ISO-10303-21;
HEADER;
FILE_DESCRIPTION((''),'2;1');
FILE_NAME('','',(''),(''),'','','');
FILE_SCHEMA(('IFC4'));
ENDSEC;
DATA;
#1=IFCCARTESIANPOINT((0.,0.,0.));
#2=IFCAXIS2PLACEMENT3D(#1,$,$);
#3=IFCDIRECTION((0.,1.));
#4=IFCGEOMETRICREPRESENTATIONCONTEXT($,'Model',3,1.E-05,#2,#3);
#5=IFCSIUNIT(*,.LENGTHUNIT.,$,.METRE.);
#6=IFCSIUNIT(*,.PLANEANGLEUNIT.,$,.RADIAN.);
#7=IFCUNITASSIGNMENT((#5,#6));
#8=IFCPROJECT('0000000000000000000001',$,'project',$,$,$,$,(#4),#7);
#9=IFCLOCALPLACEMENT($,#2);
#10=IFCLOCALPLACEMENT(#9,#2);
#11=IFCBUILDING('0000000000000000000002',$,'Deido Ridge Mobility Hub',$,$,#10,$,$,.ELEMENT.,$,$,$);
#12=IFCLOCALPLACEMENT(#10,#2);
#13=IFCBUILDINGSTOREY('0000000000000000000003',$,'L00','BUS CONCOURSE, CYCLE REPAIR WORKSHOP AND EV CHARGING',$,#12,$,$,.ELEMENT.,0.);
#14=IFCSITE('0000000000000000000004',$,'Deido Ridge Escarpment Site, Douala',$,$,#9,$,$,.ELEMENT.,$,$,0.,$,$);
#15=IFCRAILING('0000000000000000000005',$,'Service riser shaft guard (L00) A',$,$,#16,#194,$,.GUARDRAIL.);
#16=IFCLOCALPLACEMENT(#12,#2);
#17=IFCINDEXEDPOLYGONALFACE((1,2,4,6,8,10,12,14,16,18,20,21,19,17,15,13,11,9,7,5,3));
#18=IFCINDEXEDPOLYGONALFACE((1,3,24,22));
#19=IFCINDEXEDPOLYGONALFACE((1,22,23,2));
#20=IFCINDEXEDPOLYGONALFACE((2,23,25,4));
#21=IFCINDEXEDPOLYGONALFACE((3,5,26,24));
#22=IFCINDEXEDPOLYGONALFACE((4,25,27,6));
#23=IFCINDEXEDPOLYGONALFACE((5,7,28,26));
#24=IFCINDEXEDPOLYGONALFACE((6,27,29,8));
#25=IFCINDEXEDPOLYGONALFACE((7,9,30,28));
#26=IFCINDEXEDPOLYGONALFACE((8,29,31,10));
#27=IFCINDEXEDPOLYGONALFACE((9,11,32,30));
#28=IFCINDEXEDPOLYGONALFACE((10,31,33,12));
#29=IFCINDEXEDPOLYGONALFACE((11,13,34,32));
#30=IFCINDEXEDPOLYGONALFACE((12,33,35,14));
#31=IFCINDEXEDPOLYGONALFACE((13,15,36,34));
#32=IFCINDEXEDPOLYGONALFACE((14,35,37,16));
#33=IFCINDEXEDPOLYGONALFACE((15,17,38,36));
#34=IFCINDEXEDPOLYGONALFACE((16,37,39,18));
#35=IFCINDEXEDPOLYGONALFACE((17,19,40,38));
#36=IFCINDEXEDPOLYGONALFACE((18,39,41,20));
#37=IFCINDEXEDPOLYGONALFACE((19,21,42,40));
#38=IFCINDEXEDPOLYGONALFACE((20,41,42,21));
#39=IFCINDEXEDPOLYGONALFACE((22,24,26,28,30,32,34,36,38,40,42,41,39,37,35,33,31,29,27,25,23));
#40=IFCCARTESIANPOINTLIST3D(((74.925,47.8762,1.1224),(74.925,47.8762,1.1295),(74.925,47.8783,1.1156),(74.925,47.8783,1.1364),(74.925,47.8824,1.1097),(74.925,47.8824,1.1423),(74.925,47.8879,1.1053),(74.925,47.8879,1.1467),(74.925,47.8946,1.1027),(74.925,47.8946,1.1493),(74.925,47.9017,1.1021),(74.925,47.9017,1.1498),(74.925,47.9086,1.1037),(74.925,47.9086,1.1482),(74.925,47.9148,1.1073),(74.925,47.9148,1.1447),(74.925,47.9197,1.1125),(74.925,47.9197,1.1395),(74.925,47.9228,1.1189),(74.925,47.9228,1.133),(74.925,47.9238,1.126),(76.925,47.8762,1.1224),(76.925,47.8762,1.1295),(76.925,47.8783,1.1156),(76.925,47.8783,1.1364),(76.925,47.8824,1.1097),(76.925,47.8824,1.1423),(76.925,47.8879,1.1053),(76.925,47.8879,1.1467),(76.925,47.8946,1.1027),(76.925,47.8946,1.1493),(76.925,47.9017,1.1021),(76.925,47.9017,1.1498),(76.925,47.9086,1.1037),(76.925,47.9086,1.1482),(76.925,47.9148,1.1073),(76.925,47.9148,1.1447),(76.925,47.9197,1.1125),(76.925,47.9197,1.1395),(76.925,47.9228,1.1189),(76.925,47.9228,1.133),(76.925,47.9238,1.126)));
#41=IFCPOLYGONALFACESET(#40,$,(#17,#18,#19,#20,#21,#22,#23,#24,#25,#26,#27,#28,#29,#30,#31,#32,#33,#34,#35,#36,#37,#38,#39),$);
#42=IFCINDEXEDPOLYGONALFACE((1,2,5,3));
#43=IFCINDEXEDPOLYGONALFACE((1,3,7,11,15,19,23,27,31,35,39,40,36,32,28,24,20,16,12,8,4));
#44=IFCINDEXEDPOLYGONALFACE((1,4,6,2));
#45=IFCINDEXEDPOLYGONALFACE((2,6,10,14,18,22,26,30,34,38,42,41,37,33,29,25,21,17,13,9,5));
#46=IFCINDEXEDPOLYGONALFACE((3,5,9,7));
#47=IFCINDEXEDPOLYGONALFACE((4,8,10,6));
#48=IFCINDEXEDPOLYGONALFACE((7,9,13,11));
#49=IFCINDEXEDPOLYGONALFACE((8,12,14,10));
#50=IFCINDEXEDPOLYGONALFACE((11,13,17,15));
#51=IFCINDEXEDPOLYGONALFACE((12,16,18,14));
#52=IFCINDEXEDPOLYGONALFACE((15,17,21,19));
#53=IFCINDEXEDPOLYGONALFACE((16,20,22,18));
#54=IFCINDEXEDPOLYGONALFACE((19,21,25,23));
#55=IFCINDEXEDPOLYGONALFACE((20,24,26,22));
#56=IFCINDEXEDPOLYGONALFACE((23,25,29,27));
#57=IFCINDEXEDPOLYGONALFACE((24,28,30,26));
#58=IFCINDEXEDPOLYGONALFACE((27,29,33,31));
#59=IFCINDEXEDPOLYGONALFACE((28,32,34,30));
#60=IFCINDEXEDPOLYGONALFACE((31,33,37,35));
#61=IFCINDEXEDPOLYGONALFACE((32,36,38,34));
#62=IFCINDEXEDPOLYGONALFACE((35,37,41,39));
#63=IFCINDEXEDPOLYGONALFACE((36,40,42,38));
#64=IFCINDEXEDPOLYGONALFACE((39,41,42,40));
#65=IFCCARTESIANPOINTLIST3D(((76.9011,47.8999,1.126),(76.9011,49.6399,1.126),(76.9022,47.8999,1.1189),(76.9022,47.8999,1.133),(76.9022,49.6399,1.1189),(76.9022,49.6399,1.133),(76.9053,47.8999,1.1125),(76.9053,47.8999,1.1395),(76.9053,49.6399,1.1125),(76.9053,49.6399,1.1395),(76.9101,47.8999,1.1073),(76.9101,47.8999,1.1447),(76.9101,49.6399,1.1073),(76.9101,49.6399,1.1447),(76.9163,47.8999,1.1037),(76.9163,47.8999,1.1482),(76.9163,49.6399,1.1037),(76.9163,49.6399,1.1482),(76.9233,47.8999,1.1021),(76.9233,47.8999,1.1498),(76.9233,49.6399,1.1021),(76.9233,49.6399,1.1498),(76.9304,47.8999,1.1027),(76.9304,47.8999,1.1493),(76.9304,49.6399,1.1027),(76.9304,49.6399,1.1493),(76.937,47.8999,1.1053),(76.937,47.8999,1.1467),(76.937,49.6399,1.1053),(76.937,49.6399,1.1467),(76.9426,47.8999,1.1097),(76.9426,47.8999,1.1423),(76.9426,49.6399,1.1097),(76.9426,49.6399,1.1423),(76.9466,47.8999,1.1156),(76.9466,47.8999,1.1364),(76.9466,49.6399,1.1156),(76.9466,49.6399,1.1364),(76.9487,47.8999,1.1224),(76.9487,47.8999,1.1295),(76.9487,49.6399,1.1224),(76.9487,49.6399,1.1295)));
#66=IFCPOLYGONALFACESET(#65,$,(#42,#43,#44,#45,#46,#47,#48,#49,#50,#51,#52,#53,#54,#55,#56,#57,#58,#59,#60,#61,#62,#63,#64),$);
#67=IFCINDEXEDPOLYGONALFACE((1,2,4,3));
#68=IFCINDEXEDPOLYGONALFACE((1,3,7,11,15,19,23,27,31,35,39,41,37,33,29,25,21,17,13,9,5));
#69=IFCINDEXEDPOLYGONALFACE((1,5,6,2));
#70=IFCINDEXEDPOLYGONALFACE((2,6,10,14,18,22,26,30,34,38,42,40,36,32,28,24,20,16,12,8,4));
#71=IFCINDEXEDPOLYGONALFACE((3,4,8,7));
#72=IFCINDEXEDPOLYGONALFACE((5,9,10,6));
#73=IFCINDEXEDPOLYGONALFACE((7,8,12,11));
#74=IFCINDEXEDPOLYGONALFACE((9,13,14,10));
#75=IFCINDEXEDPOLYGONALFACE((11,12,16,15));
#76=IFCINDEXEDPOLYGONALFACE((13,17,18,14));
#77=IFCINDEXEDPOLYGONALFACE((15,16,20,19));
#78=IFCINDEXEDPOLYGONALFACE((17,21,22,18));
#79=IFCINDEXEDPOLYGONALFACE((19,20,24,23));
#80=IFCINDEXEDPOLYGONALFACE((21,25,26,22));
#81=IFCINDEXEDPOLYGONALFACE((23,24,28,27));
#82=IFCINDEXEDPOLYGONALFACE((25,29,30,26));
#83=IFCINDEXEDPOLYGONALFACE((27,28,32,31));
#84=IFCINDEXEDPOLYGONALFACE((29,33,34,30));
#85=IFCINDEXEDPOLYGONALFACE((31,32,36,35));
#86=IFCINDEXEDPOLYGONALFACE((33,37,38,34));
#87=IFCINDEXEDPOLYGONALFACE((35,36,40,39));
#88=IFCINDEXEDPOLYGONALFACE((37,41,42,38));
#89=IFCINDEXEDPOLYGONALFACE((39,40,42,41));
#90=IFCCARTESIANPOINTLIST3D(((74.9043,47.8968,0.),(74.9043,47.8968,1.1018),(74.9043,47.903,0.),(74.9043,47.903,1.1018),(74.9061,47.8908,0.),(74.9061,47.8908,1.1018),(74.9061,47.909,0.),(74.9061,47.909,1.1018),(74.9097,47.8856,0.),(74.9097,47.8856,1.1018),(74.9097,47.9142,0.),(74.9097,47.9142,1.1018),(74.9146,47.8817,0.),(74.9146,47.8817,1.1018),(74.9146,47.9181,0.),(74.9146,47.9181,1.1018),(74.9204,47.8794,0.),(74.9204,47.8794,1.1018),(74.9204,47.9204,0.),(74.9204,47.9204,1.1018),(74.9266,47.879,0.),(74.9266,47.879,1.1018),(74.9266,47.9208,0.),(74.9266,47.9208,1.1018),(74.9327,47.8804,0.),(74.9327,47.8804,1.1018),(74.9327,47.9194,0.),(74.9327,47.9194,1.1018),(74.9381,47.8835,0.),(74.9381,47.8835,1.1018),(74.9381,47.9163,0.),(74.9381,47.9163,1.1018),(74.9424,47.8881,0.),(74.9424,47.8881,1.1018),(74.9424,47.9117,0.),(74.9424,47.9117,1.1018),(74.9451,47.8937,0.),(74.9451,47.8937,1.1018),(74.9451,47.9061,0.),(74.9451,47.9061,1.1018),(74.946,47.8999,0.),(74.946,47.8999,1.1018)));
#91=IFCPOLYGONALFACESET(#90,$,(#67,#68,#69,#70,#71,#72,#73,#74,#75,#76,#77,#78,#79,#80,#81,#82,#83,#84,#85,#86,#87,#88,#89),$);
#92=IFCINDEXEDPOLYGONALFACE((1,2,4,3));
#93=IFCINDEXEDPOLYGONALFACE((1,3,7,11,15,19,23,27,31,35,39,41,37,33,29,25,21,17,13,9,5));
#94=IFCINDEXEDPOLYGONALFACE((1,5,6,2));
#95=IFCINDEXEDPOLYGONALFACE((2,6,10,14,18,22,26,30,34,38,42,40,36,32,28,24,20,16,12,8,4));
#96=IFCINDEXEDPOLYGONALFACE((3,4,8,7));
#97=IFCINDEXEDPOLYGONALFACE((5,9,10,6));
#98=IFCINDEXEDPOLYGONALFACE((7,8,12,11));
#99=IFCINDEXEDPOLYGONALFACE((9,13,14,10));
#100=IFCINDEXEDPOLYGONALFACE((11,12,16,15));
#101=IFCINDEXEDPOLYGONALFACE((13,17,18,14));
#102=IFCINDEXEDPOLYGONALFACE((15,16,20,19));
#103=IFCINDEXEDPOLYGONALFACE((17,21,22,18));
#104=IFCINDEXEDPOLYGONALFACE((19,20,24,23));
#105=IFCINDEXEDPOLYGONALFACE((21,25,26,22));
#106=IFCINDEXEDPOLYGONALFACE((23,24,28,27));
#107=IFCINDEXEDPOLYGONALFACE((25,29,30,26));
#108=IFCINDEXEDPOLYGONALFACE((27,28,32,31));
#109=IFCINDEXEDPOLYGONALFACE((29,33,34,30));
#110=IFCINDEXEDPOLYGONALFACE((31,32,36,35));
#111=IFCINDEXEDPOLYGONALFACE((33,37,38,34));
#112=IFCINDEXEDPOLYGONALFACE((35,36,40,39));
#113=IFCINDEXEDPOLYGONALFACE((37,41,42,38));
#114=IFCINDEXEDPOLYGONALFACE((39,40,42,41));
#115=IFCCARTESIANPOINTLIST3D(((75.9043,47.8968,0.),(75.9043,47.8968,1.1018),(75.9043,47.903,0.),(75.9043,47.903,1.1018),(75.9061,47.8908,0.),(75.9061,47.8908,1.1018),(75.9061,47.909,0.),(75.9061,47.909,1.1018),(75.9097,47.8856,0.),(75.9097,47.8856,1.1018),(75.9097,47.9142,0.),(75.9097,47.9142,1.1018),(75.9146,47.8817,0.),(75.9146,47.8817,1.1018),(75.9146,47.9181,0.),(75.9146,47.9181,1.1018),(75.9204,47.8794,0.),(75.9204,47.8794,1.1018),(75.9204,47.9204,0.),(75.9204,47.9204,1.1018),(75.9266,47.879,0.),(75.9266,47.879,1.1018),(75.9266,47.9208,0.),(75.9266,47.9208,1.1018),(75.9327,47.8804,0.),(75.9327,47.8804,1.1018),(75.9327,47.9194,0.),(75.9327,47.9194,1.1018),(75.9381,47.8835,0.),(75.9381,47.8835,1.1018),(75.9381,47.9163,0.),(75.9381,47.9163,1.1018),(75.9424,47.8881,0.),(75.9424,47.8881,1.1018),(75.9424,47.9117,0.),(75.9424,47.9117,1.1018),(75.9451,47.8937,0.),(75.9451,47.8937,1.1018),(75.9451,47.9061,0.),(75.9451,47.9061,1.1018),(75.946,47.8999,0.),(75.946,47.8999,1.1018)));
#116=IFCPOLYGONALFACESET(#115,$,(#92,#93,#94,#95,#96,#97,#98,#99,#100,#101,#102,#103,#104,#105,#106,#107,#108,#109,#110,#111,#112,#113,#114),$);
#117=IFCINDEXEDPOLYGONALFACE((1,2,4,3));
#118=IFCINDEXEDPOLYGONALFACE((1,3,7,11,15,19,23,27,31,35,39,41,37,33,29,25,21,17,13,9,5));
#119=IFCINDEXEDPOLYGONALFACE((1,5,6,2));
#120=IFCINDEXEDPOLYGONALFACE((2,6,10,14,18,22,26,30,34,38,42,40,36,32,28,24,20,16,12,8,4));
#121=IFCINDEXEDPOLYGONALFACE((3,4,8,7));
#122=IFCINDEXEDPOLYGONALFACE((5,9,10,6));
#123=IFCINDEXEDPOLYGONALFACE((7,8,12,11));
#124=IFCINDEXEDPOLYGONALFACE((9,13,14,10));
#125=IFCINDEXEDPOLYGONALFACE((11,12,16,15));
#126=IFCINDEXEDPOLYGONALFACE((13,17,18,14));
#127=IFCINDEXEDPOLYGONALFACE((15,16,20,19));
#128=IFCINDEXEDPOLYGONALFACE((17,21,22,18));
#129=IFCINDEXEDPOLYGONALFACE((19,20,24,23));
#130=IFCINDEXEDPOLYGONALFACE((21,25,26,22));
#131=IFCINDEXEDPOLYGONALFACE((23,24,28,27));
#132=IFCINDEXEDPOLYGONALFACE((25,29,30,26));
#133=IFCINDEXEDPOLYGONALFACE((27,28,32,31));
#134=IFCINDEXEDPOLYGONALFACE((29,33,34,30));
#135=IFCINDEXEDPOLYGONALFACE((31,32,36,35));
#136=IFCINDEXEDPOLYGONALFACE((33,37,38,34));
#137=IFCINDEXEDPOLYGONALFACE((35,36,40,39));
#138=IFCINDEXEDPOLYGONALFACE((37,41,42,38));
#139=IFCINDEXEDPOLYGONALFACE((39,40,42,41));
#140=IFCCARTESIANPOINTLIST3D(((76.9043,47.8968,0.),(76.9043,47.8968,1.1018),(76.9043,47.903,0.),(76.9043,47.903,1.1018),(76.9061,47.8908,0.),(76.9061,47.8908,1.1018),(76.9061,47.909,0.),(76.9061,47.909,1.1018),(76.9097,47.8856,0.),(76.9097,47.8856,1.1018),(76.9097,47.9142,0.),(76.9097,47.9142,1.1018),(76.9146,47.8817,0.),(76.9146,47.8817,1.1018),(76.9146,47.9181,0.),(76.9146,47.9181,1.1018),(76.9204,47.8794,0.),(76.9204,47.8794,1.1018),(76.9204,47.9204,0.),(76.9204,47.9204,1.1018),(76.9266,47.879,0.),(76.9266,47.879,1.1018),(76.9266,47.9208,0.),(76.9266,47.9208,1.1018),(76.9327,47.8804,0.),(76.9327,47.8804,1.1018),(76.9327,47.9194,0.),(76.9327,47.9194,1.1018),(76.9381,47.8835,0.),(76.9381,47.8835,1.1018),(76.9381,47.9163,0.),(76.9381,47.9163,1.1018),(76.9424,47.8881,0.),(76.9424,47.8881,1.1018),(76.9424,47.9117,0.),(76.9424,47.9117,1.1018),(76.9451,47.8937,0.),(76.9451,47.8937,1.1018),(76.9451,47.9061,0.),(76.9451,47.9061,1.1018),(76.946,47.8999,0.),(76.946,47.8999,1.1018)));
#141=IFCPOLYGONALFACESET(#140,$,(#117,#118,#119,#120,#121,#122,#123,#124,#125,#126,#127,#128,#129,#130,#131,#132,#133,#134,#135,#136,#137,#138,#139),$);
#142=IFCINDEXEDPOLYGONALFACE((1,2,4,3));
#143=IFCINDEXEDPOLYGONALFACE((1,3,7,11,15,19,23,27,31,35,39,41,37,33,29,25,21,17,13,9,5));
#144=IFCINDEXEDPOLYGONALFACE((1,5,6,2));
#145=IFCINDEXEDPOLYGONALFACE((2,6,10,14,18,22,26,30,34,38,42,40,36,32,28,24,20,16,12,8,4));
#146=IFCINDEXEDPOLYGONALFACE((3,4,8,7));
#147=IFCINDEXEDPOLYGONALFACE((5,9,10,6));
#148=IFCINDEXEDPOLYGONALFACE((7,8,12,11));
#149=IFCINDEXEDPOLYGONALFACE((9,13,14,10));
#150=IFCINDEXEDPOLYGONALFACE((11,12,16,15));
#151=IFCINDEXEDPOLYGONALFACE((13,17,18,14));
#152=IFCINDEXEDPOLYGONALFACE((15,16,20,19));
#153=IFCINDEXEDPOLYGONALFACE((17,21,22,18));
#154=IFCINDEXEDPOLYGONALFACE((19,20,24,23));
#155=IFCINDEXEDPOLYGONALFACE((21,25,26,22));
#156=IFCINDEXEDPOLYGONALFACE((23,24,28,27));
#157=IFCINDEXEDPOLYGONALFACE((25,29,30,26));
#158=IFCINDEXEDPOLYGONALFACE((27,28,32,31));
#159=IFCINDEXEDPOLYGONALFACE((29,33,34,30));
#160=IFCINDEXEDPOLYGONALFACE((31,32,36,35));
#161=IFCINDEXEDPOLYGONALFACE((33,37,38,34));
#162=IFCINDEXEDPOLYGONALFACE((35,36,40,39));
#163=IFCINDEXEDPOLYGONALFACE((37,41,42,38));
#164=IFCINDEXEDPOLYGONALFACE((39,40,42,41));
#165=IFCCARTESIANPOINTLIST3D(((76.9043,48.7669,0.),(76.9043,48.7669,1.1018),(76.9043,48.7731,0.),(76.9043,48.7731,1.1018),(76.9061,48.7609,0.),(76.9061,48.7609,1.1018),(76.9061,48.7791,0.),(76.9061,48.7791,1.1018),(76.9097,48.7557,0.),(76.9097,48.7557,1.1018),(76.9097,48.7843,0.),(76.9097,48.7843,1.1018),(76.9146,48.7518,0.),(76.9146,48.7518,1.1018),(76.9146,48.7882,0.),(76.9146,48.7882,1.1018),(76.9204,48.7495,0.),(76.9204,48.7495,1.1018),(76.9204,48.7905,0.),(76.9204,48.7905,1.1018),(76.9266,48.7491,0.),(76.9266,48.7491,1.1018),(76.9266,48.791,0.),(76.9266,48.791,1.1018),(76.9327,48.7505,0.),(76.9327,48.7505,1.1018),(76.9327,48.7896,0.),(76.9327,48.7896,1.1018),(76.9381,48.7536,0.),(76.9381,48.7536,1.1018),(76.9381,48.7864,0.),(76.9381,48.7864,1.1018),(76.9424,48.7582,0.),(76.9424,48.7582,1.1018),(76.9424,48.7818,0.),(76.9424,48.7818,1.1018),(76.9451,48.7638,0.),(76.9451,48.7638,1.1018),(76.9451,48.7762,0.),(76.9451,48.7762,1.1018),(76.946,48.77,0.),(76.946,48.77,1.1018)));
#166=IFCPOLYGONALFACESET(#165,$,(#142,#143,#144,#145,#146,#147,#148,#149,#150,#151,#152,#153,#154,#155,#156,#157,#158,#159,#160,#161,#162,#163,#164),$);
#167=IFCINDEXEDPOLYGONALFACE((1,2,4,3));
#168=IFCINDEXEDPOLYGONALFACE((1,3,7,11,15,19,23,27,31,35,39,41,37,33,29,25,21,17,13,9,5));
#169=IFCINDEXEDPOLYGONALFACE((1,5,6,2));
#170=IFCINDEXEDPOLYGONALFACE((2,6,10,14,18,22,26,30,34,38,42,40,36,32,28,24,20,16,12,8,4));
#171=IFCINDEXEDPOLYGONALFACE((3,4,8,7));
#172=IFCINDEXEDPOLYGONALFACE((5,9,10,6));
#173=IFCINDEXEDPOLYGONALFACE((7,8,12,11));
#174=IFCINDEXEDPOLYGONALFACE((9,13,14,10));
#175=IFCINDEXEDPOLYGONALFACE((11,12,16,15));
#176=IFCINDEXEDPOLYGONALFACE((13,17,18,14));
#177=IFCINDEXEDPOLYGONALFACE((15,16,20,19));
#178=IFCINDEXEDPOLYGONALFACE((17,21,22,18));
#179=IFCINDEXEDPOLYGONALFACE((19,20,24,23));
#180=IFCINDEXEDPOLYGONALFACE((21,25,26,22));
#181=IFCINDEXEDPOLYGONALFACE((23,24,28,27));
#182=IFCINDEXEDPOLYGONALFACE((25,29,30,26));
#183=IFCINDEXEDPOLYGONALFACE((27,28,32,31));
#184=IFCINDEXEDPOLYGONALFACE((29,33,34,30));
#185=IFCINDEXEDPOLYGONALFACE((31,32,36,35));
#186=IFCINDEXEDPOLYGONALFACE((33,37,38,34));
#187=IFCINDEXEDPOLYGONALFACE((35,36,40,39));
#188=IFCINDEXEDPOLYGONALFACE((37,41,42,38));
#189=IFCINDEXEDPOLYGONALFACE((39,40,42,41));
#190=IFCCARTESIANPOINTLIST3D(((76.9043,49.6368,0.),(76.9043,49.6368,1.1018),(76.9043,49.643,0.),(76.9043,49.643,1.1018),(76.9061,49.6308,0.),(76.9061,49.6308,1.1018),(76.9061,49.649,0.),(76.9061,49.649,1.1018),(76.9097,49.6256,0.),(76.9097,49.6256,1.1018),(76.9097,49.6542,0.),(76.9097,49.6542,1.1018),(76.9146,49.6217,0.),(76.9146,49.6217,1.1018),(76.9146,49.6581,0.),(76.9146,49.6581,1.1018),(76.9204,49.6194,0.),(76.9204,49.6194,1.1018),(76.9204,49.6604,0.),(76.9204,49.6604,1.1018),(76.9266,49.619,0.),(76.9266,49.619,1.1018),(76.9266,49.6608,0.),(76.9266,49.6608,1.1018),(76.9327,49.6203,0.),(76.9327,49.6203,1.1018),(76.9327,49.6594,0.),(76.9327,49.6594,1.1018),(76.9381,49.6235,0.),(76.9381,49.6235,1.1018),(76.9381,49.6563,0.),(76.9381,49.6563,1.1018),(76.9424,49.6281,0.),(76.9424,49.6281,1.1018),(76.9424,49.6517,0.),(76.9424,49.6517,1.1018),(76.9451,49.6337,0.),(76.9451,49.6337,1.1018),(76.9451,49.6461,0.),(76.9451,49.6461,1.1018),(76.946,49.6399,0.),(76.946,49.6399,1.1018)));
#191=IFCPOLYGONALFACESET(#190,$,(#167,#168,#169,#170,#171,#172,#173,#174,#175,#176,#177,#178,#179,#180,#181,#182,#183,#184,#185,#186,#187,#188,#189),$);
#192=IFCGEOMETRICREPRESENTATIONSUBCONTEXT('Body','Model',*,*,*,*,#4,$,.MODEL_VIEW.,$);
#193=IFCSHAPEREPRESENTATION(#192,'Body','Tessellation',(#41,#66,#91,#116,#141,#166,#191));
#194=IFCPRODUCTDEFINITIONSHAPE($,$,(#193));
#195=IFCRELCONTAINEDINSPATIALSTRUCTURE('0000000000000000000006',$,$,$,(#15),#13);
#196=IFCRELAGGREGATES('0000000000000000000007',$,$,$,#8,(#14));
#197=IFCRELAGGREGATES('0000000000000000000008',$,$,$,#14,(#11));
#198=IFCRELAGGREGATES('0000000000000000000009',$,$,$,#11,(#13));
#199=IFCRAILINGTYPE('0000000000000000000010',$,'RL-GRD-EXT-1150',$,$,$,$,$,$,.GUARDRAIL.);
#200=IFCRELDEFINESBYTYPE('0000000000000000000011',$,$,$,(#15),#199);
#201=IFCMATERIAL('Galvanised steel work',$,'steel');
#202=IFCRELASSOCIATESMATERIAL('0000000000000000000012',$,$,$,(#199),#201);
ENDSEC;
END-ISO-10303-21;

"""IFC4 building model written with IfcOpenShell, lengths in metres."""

from ifc_helpers import new_model, si_unit, direction, frame, origin, origin_2d, place, context, subcontext, project, spatial, circle, extrude, material, type_object, element, save


model = new_model("IFC4")

# Units and contexts
model_context = context("Model", 3, precision=1e-05, world=origin(), true_north=direction((0.0, 1.0)))
body_context = subcontext(model_context, "Body", "Model", "MODEL_VIEW")
ifc_project = project(units=[si_unit("LENGTHUNIT", "METRE"), si_unit("PLANEANGLEUNIT", "RADIAN")], contexts=[model_context])

# Site, building, storey
site_placement = place(None, origin())
site = spatial("IfcSite", under=ifc_project, at=site_placement, Name="Deido Ridge Escarpment Site, Douala", CompositionType="ELEMENT", RefElevation=0.0)
building_placement = place(site_placement, origin())
building = spatial("IfcBuilding", under=site, at=building_placement, Name="Deido Ridge Mobility Hub", CompositionType="ELEMENT")
storey_placement = place(building_placement, origin())
storey = spatial("IfcBuildingStorey", under=building, at=storey_placement, Name="L00", Description="BUS CONCOURSE, CYCLE REPAIR WORKSHOP AND EV CHARGING", CompositionType="ELEMENT", Elevation=0.0)

# Railing
ifc_material_1 = material(Name="Galvanised steel work", Category="steel")
railing_type = type_object("IfcRailingType", Name="RL-GRD-EXT-1150", PredefinedType="GUARDRAIL", material=ifc_material_1)
railing_1_placement = place(storey_placement, frame((74.925, 47.8999, 0.0)))
element("IfcRailing", 1, at=railing_1_placement, inside=storey, type_object=railing_type, Name="Service riser shaft guard (L00) A", PredefinedType="GUARDRAIL", context=body_context, shape_type="SweptSolid", body=[
    extrude(circle(Radius=0.0239, at=origin_2d()), frame((0.0, 0.0, 1.126), z_axis=(1.0, 0.0, 0.0), x_axis=(0.0, 1.0, 0.0)), (0.0, 0.0, 1.0), 2.0),
    extrude(circle(Radius=0.0239, at=origin_2d()), frame((2.0, 0.0, 1.126), z_axis=(0.0, 1.0, 0.0), x_axis=(-1.0, 0.0, 0.0)), (0.0, 0.0, 1.0), 1.74),
    extrude(circle(Radius=0.021, at=origin_2d()), origin(), (0.0, 0.0, 1.0), 1.1018),
    extrude(circle(Radius=0.021, at=origin_2d()), frame((1.0, 0.0, 0.0)), (0.0, 0.0, 1.0), 1.1018),
    extrude(circle(Radius=0.021, at=origin_2d()), frame((2.0, 0.0, 0.0)), (0.0, 0.0, 1.0), 1.1018),
    extrude(circle(Radius=0.021, at=origin_2d()), frame((2.0, 0.8701, 0.0)), (0.0, 0.0, 1.0), 1.1018),
    extrude(circle(Radius=0.021, at=origin_2d()), frame((2.0, 1.74, 0.0)), (0.0, 0.0, 1.0), 1.1018),
])

save(model, "model.ifc")
